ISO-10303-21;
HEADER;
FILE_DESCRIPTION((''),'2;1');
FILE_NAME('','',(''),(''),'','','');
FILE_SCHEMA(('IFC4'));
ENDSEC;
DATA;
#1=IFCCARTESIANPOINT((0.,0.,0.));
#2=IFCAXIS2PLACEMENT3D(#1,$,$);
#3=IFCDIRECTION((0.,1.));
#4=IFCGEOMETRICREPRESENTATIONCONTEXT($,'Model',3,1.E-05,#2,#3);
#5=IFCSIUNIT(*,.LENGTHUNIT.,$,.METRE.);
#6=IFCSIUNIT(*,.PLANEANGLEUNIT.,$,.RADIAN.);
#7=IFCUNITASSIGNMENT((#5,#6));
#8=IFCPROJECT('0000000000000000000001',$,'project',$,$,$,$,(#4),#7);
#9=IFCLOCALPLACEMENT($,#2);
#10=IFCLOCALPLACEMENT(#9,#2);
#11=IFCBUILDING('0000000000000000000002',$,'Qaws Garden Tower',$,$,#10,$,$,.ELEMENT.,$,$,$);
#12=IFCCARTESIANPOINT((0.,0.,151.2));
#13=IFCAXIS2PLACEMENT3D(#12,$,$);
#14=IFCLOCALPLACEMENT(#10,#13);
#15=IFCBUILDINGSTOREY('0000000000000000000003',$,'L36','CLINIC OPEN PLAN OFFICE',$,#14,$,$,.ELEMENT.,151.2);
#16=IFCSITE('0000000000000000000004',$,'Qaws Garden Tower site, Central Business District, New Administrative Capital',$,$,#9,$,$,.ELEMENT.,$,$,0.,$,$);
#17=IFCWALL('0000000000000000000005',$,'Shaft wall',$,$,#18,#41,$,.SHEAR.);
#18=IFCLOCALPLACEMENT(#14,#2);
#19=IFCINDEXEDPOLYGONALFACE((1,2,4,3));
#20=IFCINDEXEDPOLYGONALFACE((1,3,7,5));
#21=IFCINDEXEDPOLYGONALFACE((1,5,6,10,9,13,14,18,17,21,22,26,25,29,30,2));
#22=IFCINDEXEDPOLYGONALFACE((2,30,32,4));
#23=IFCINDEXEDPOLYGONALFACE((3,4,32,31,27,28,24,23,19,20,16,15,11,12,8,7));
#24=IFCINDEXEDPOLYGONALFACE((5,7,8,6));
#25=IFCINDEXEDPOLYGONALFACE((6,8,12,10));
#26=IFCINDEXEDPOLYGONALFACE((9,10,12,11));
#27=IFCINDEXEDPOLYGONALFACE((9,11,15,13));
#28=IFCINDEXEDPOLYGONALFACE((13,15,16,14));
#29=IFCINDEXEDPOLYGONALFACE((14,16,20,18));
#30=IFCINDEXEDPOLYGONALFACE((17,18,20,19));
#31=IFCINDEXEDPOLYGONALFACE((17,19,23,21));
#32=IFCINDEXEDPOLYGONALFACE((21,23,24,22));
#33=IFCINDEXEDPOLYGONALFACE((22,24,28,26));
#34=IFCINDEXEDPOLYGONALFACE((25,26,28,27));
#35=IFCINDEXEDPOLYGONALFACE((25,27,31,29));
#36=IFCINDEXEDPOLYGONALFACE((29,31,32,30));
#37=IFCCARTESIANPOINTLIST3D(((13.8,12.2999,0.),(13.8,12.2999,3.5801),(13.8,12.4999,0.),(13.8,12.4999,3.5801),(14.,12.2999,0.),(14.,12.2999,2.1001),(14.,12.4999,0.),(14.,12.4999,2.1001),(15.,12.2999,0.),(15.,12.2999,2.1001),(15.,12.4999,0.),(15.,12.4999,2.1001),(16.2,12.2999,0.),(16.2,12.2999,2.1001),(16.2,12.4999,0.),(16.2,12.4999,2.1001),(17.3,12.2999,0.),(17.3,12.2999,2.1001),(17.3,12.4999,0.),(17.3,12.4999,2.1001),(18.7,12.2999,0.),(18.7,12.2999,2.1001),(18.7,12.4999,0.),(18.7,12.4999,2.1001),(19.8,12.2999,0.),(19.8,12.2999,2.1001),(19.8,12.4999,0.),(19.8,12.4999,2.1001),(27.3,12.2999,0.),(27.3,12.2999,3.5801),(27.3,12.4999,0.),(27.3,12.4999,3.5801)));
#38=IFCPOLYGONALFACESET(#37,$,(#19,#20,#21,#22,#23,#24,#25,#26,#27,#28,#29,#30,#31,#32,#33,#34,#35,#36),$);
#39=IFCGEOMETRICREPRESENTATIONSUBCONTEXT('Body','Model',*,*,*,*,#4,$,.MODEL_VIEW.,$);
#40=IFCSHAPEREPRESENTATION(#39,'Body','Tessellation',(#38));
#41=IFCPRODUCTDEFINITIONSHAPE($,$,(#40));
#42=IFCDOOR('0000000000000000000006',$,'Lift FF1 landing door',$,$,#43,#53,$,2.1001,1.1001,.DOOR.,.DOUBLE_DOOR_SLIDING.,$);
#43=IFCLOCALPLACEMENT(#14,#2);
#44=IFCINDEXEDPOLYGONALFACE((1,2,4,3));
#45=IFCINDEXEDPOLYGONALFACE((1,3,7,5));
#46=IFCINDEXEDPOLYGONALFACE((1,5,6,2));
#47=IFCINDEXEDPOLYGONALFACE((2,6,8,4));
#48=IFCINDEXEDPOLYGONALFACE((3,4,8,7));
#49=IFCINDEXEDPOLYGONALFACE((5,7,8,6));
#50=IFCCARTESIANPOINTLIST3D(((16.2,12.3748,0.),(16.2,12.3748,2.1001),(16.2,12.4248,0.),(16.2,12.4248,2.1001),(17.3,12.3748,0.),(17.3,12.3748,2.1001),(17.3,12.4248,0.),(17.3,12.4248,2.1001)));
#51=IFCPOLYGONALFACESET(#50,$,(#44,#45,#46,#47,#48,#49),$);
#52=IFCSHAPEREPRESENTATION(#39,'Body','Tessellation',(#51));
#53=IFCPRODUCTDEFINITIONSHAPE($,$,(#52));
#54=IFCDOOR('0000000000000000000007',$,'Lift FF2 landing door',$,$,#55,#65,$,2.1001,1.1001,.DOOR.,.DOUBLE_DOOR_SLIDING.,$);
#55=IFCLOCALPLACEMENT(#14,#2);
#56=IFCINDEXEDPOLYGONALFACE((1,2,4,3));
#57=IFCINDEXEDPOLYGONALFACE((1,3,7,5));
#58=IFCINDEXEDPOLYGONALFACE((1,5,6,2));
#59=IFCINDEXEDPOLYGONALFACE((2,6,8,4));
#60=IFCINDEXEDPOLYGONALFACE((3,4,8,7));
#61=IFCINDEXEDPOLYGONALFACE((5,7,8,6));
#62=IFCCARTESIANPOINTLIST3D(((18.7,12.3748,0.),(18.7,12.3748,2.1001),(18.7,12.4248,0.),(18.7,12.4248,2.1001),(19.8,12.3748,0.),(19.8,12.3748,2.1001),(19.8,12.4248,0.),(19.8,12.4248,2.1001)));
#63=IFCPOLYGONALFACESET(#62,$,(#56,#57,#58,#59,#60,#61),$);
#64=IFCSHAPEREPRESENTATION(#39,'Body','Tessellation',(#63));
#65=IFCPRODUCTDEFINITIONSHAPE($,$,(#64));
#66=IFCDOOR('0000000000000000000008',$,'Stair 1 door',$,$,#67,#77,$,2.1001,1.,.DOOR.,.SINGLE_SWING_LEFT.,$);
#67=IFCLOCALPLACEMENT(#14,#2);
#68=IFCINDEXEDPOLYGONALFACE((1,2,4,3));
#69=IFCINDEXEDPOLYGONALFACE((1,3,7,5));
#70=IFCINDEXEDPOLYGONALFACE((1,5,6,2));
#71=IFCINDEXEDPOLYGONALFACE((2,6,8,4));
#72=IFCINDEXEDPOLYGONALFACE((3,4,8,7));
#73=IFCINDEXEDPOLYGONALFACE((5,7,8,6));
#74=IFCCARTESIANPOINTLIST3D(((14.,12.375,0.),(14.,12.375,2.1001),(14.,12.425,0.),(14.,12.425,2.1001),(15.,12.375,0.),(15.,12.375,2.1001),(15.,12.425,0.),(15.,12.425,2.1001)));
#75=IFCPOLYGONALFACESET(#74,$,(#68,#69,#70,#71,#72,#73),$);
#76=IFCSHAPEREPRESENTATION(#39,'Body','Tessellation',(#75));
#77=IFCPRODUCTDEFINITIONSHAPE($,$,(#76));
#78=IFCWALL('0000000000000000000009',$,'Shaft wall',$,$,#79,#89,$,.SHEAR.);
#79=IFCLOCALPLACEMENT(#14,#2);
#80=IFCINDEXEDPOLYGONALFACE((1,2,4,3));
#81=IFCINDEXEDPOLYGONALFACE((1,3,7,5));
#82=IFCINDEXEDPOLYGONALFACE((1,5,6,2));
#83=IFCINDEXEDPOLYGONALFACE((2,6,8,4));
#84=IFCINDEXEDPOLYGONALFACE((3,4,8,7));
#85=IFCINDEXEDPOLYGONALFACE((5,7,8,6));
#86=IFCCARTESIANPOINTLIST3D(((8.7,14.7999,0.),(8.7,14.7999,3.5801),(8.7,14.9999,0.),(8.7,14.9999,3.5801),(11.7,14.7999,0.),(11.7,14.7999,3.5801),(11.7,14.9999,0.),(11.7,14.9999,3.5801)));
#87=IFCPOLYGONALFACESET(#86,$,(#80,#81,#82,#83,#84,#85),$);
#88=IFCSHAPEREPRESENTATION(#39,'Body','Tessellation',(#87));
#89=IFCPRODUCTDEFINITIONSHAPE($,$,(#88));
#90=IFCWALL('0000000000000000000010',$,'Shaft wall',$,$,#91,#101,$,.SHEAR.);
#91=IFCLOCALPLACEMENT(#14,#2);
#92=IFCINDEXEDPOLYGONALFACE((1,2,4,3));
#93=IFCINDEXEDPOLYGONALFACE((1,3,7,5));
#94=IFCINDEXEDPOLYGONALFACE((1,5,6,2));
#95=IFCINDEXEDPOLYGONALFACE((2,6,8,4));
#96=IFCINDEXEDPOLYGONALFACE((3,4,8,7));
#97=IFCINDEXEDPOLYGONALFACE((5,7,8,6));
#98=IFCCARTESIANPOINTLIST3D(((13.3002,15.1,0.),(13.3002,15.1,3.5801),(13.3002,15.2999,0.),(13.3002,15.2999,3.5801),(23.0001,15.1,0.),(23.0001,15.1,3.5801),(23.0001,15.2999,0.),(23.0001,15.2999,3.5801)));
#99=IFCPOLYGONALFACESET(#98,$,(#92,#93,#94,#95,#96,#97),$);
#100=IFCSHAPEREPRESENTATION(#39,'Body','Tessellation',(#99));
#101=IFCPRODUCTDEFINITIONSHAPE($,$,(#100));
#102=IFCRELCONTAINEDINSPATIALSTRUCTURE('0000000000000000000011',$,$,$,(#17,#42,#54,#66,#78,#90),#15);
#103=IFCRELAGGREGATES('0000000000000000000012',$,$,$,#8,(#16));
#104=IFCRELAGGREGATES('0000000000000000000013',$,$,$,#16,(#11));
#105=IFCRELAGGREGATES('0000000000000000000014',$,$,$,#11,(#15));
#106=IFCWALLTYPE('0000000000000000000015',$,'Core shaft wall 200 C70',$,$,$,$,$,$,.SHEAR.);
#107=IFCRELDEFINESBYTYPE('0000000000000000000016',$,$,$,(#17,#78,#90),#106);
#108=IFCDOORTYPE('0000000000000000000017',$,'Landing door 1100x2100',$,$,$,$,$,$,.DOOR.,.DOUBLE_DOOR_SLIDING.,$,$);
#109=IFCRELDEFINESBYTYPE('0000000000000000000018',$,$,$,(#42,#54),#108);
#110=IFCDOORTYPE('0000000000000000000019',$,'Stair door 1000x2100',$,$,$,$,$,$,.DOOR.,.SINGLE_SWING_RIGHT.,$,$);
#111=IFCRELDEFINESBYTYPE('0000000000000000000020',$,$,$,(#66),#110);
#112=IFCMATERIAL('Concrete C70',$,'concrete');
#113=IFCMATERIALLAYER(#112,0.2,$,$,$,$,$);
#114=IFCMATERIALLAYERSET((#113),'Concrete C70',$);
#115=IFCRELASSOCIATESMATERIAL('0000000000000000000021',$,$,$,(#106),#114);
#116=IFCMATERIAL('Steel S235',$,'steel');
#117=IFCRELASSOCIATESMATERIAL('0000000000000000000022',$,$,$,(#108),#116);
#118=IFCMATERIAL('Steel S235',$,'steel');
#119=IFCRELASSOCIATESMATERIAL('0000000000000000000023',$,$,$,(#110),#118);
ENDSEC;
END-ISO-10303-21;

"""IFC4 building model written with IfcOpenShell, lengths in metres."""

from ifc_helpers import new_model, si_unit, direction, frame, frame_2d, origin, place, context, subcontext, project, spatial, rectangle, extrude, material, layer, layer_set, type_object, element, fill, save


model = new_model("IFC4")

# Units and contexts
model_context = context("Model", 3, precision=1e-05, world=origin(), true_north=direction((0.0, 1.0)))
body_context = subcontext(model_context, "Body", "Model", "MODEL_VIEW")
ifc_project = project(units=[si_unit("LENGTHUNIT", "METRE"), si_unit("PLANEANGLEUNIT", "RADIAN")], contexts=[model_context])

# Site, building, storey
site_placement = place(None, origin())
site = spatial("IfcSite", under=ifc_project, at=site_placement, Name="Qaws Garden Tower site, Central Business District, New Administrative Capital", CompositionType="ELEMENT", RefElevation=0.0)
building_placement = place(site_placement, origin())
building = spatial("IfcBuilding", under=site, at=building_placement, Name="Qaws Garden Tower", CompositionType="ELEMENT")
storey_placement = place(building_placement, frame((0.0, 0.0, 151.2)))
storey = spatial("IfcBuildingStorey", under=building, at=storey_placement, Name="L36", Description="CLINIC OPEN PLAN OFFICE", CompositionType="ELEMENT", Elevation=151.2)

# Shared definitions
ifc_material_1 = material(Name="Concrete C70", Category="concrete")
ifc_layer_1 = layer(ifc_material_1, 0.2)
ifc_layer_set_1 = layer_set([ifc_layer_1], Name="Concrete C70")
wall_type_1 = type_object("IfcWallType", Name="Core shaft wall 200 C70", PredefinedType="SHEAR", material=ifc_layer_set_1)

# Wall, openings, doors
wall_1_placement = place(storey_placement, frame((13.8, 12.3999, 0.0), z_axis=(0.0, 0.0, 1.0), x_axis=(1.0, 0.0, 0.0)))
wall_1 = element("IfcWall", 1, at=wall_1_placement, inside=storey, type_object=wall_type_1, Name="Shaft wall", PredefinedType="SHEAR", context=body_context, shape_type="SweptSolid", body=[
    extrude(rectangle(XDim=13.5, YDim=0.2, at=frame_2d((6.75, 0.0))), origin(), (0.0, 0.0, 1.0), 3.5801),
])
opening_1_placement = place(wall_1_placement, frame((2.3999, 0.0, 0.0)))
opening_1 = element("IfcOpeningElement", 2, at=opening_1_placement, cuts=wall_1, PredefinedType="OPENING", context=body_context, shape_type="SweptSolid", body=[
    extrude(rectangle(XDim=1.1001, YDim=2.1001, at=frame_2d((0.55, 1.05))), frame((0.0, 0.1099, 0.0), z_axis=(0.0, -1.0, 0.0), x_axis=(1.0, 0.0, 0.0)), (0.0, 0.0, 1.0), 0.22),
])
opening_2_placement = place(wall_1_placement, frame((4.8999, 0.0, 0.0)))
opening_2 = element("IfcOpeningElement", 3, at=opening_2_placement, cuts=wall_1, PredefinedType="OPENING", context=body_context, shape_type="SweptSolid", body=[
    extrude(rectangle(XDim=1.1001, YDim=2.1001, at=frame_2d((0.55, 1.05))), frame((0.0, 0.1099, 0.0), z_axis=(0.0, -1.0, 0.0), x_axis=(1.0, 0.0, 0.0)), (0.0, 0.0, 1.0), 0.22),
])
opening_3_placement = place(wall_1_placement, frame((0.2, 0.0, 0.0)))
opening_3 = element("IfcOpeningElement", 4, at=opening_3_placement, cuts=wall_1, PredefinedType="OPENING", context=body_context, shape_type="SweptSolid", body=[
    extrude(rectangle(XDim=1.0, YDim=2.1001, at=frame_2d((0.5, 1.05))), frame((0.0, 0.1099, 0.0), z_axis=(0.0, -1.0, 0.0), x_axis=(1.0, 0.0, 0.0)), (0.0, 0.0, 1.0), 0.22),
])
ifc_material_2 = material(Name="Steel S235", Category="steel")
door_type_1 = type_object("IfcDoorType", Name="Landing door 1100x2100", OperationType="DOUBLE_DOOR_SLIDING", PredefinedType="DOOR", material=ifc_material_2)
door_1_placement = place(opening_1_placement, origin())
door_1 = element("IfcDoor", 5, at=door_1_placement, inside=storey, type_object=door_type_1, Name="Lift FF1 landing door", OperationType="DOUBLE_DOOR_SLIDING", OverallHeight=2.1001, OverallWidth=1.1001, PredefinedType="DOOR", context=body_context, shape_type="SweptSolid", body=[
    extrude(rectangle(XDim=1.1001, YDim=2.1001, at=frame_2d((0.55, 1.05))), frame((0.0, 0.0249, 0.0), z_axis=(0.0, -1.0, 0.0), x_axis=(1.0, 0.0, 0.0)), (0.0, 0.0, 1.0), 0.05),
])
fill(opening_1, door_1)
door_2_placement = place(opening_2_placement, origin())
door_2 = element("IfcDoor", 6, at=door_2_placement, inside=storey, type_object=door_type_1, Name="Lift FF2 landing door", OperationType="DOUBLE_DOOR_SLIDING", OverallHeight=2.1001, OverallWidth=1.1001, PredefinedType="DOOR", context=body_context, shape_type="SweptSolid", body=[
    extrude(rectangle(XDim=1.1001, YDim=2.1001, at=frame_2d((0.55, 1.05))), frame((0.0, 0.0249, 0.0), z_axis=(0.0, -1.0, 0.0), x_axis=(1.0, 0.0, 0.0)), (0.0, 0.0, 1.0), 0.05),
])
fill(opening_2, door_2)
ifc_material_3 = material(Name="Steel S235", Category="steel")
door_type_2 = type_object("IfcDoorType", Name="Stair door 1000x2100", OperationType="SINGLE_SWING_RIGHT", PredefinedType="DOOR", material=ifc_material_3)
door_3_placement = place(opening_3_placement, frame((1.0, 0.0, 0.0), z_axis=(0.0, 0.0, 1.0), x_axis=(-1.0, 0.0, 0.0)))
door_3 = element("IfcDoor", 7, at=door_3_placement, inside=storey, type_object=door_type_2, Name="Stair 1 door", OperationType="SINGLE_SWING_LEFT", OverallHeight=2.1001, OverallWidth=1.0, PredefinedType="DOOR", context=body_context, shape_type="SweptSolid", body=[
    extrude(rectangle(XDim=1.0, YDim=2.1001, at=frame_2d((0.5, 1.05))), frame((0.0, 0.0249, 0.0), z_axis=(0.0, -1.0, 0.0), x_axis=(1.0, 0.0, 0.0)), (0.0, 0.0, 1.0), 0.05),
])
fill(opening_3, door_3)

# Walls
wall_2_placement = place(storey_placement, frame((8.7, 14.8999, 0.0), z_axis=(0.0, 0.0, 1.0), x_axis=(1.0, 0.0, 0.0)))
element("IfcWall", 8, at=wall_2_placement, inside=storey, type_object=wall_type_1, Name="Shaft wall", PredefinedType="SHEAR", context=body_context, shape_type="SweptSolid", body=[
    extrude(rectangle(XDim=3.0, YDim=0.2, at=frame_2d((1.5, 0.0))), origin(), (0.0, 0.0, 1.0), 3.5801),
])
wall_3_placement = place(storey_placement, frame((13.3, 15.2, 0.0), z_axis=(0.0, 0.0, 1.0), x_axis=(1.0, 0.0, 0.0)))
element("IfcWall", 9, at=wall_3_placement, inside=storey, type_object=wall_type_1, Name="Shaft wall", PredefinedType="SHEAR", context=body_context, shape_type="SweptSolid", body=[
    extrude(rectangle(XDim=9.7, YDim=0.2, at=frame_2d((4.8501, 0.0))), origin(), (0.0, 0.0, 1.0), 3.5801),
])

save(model, "model.ifc")
